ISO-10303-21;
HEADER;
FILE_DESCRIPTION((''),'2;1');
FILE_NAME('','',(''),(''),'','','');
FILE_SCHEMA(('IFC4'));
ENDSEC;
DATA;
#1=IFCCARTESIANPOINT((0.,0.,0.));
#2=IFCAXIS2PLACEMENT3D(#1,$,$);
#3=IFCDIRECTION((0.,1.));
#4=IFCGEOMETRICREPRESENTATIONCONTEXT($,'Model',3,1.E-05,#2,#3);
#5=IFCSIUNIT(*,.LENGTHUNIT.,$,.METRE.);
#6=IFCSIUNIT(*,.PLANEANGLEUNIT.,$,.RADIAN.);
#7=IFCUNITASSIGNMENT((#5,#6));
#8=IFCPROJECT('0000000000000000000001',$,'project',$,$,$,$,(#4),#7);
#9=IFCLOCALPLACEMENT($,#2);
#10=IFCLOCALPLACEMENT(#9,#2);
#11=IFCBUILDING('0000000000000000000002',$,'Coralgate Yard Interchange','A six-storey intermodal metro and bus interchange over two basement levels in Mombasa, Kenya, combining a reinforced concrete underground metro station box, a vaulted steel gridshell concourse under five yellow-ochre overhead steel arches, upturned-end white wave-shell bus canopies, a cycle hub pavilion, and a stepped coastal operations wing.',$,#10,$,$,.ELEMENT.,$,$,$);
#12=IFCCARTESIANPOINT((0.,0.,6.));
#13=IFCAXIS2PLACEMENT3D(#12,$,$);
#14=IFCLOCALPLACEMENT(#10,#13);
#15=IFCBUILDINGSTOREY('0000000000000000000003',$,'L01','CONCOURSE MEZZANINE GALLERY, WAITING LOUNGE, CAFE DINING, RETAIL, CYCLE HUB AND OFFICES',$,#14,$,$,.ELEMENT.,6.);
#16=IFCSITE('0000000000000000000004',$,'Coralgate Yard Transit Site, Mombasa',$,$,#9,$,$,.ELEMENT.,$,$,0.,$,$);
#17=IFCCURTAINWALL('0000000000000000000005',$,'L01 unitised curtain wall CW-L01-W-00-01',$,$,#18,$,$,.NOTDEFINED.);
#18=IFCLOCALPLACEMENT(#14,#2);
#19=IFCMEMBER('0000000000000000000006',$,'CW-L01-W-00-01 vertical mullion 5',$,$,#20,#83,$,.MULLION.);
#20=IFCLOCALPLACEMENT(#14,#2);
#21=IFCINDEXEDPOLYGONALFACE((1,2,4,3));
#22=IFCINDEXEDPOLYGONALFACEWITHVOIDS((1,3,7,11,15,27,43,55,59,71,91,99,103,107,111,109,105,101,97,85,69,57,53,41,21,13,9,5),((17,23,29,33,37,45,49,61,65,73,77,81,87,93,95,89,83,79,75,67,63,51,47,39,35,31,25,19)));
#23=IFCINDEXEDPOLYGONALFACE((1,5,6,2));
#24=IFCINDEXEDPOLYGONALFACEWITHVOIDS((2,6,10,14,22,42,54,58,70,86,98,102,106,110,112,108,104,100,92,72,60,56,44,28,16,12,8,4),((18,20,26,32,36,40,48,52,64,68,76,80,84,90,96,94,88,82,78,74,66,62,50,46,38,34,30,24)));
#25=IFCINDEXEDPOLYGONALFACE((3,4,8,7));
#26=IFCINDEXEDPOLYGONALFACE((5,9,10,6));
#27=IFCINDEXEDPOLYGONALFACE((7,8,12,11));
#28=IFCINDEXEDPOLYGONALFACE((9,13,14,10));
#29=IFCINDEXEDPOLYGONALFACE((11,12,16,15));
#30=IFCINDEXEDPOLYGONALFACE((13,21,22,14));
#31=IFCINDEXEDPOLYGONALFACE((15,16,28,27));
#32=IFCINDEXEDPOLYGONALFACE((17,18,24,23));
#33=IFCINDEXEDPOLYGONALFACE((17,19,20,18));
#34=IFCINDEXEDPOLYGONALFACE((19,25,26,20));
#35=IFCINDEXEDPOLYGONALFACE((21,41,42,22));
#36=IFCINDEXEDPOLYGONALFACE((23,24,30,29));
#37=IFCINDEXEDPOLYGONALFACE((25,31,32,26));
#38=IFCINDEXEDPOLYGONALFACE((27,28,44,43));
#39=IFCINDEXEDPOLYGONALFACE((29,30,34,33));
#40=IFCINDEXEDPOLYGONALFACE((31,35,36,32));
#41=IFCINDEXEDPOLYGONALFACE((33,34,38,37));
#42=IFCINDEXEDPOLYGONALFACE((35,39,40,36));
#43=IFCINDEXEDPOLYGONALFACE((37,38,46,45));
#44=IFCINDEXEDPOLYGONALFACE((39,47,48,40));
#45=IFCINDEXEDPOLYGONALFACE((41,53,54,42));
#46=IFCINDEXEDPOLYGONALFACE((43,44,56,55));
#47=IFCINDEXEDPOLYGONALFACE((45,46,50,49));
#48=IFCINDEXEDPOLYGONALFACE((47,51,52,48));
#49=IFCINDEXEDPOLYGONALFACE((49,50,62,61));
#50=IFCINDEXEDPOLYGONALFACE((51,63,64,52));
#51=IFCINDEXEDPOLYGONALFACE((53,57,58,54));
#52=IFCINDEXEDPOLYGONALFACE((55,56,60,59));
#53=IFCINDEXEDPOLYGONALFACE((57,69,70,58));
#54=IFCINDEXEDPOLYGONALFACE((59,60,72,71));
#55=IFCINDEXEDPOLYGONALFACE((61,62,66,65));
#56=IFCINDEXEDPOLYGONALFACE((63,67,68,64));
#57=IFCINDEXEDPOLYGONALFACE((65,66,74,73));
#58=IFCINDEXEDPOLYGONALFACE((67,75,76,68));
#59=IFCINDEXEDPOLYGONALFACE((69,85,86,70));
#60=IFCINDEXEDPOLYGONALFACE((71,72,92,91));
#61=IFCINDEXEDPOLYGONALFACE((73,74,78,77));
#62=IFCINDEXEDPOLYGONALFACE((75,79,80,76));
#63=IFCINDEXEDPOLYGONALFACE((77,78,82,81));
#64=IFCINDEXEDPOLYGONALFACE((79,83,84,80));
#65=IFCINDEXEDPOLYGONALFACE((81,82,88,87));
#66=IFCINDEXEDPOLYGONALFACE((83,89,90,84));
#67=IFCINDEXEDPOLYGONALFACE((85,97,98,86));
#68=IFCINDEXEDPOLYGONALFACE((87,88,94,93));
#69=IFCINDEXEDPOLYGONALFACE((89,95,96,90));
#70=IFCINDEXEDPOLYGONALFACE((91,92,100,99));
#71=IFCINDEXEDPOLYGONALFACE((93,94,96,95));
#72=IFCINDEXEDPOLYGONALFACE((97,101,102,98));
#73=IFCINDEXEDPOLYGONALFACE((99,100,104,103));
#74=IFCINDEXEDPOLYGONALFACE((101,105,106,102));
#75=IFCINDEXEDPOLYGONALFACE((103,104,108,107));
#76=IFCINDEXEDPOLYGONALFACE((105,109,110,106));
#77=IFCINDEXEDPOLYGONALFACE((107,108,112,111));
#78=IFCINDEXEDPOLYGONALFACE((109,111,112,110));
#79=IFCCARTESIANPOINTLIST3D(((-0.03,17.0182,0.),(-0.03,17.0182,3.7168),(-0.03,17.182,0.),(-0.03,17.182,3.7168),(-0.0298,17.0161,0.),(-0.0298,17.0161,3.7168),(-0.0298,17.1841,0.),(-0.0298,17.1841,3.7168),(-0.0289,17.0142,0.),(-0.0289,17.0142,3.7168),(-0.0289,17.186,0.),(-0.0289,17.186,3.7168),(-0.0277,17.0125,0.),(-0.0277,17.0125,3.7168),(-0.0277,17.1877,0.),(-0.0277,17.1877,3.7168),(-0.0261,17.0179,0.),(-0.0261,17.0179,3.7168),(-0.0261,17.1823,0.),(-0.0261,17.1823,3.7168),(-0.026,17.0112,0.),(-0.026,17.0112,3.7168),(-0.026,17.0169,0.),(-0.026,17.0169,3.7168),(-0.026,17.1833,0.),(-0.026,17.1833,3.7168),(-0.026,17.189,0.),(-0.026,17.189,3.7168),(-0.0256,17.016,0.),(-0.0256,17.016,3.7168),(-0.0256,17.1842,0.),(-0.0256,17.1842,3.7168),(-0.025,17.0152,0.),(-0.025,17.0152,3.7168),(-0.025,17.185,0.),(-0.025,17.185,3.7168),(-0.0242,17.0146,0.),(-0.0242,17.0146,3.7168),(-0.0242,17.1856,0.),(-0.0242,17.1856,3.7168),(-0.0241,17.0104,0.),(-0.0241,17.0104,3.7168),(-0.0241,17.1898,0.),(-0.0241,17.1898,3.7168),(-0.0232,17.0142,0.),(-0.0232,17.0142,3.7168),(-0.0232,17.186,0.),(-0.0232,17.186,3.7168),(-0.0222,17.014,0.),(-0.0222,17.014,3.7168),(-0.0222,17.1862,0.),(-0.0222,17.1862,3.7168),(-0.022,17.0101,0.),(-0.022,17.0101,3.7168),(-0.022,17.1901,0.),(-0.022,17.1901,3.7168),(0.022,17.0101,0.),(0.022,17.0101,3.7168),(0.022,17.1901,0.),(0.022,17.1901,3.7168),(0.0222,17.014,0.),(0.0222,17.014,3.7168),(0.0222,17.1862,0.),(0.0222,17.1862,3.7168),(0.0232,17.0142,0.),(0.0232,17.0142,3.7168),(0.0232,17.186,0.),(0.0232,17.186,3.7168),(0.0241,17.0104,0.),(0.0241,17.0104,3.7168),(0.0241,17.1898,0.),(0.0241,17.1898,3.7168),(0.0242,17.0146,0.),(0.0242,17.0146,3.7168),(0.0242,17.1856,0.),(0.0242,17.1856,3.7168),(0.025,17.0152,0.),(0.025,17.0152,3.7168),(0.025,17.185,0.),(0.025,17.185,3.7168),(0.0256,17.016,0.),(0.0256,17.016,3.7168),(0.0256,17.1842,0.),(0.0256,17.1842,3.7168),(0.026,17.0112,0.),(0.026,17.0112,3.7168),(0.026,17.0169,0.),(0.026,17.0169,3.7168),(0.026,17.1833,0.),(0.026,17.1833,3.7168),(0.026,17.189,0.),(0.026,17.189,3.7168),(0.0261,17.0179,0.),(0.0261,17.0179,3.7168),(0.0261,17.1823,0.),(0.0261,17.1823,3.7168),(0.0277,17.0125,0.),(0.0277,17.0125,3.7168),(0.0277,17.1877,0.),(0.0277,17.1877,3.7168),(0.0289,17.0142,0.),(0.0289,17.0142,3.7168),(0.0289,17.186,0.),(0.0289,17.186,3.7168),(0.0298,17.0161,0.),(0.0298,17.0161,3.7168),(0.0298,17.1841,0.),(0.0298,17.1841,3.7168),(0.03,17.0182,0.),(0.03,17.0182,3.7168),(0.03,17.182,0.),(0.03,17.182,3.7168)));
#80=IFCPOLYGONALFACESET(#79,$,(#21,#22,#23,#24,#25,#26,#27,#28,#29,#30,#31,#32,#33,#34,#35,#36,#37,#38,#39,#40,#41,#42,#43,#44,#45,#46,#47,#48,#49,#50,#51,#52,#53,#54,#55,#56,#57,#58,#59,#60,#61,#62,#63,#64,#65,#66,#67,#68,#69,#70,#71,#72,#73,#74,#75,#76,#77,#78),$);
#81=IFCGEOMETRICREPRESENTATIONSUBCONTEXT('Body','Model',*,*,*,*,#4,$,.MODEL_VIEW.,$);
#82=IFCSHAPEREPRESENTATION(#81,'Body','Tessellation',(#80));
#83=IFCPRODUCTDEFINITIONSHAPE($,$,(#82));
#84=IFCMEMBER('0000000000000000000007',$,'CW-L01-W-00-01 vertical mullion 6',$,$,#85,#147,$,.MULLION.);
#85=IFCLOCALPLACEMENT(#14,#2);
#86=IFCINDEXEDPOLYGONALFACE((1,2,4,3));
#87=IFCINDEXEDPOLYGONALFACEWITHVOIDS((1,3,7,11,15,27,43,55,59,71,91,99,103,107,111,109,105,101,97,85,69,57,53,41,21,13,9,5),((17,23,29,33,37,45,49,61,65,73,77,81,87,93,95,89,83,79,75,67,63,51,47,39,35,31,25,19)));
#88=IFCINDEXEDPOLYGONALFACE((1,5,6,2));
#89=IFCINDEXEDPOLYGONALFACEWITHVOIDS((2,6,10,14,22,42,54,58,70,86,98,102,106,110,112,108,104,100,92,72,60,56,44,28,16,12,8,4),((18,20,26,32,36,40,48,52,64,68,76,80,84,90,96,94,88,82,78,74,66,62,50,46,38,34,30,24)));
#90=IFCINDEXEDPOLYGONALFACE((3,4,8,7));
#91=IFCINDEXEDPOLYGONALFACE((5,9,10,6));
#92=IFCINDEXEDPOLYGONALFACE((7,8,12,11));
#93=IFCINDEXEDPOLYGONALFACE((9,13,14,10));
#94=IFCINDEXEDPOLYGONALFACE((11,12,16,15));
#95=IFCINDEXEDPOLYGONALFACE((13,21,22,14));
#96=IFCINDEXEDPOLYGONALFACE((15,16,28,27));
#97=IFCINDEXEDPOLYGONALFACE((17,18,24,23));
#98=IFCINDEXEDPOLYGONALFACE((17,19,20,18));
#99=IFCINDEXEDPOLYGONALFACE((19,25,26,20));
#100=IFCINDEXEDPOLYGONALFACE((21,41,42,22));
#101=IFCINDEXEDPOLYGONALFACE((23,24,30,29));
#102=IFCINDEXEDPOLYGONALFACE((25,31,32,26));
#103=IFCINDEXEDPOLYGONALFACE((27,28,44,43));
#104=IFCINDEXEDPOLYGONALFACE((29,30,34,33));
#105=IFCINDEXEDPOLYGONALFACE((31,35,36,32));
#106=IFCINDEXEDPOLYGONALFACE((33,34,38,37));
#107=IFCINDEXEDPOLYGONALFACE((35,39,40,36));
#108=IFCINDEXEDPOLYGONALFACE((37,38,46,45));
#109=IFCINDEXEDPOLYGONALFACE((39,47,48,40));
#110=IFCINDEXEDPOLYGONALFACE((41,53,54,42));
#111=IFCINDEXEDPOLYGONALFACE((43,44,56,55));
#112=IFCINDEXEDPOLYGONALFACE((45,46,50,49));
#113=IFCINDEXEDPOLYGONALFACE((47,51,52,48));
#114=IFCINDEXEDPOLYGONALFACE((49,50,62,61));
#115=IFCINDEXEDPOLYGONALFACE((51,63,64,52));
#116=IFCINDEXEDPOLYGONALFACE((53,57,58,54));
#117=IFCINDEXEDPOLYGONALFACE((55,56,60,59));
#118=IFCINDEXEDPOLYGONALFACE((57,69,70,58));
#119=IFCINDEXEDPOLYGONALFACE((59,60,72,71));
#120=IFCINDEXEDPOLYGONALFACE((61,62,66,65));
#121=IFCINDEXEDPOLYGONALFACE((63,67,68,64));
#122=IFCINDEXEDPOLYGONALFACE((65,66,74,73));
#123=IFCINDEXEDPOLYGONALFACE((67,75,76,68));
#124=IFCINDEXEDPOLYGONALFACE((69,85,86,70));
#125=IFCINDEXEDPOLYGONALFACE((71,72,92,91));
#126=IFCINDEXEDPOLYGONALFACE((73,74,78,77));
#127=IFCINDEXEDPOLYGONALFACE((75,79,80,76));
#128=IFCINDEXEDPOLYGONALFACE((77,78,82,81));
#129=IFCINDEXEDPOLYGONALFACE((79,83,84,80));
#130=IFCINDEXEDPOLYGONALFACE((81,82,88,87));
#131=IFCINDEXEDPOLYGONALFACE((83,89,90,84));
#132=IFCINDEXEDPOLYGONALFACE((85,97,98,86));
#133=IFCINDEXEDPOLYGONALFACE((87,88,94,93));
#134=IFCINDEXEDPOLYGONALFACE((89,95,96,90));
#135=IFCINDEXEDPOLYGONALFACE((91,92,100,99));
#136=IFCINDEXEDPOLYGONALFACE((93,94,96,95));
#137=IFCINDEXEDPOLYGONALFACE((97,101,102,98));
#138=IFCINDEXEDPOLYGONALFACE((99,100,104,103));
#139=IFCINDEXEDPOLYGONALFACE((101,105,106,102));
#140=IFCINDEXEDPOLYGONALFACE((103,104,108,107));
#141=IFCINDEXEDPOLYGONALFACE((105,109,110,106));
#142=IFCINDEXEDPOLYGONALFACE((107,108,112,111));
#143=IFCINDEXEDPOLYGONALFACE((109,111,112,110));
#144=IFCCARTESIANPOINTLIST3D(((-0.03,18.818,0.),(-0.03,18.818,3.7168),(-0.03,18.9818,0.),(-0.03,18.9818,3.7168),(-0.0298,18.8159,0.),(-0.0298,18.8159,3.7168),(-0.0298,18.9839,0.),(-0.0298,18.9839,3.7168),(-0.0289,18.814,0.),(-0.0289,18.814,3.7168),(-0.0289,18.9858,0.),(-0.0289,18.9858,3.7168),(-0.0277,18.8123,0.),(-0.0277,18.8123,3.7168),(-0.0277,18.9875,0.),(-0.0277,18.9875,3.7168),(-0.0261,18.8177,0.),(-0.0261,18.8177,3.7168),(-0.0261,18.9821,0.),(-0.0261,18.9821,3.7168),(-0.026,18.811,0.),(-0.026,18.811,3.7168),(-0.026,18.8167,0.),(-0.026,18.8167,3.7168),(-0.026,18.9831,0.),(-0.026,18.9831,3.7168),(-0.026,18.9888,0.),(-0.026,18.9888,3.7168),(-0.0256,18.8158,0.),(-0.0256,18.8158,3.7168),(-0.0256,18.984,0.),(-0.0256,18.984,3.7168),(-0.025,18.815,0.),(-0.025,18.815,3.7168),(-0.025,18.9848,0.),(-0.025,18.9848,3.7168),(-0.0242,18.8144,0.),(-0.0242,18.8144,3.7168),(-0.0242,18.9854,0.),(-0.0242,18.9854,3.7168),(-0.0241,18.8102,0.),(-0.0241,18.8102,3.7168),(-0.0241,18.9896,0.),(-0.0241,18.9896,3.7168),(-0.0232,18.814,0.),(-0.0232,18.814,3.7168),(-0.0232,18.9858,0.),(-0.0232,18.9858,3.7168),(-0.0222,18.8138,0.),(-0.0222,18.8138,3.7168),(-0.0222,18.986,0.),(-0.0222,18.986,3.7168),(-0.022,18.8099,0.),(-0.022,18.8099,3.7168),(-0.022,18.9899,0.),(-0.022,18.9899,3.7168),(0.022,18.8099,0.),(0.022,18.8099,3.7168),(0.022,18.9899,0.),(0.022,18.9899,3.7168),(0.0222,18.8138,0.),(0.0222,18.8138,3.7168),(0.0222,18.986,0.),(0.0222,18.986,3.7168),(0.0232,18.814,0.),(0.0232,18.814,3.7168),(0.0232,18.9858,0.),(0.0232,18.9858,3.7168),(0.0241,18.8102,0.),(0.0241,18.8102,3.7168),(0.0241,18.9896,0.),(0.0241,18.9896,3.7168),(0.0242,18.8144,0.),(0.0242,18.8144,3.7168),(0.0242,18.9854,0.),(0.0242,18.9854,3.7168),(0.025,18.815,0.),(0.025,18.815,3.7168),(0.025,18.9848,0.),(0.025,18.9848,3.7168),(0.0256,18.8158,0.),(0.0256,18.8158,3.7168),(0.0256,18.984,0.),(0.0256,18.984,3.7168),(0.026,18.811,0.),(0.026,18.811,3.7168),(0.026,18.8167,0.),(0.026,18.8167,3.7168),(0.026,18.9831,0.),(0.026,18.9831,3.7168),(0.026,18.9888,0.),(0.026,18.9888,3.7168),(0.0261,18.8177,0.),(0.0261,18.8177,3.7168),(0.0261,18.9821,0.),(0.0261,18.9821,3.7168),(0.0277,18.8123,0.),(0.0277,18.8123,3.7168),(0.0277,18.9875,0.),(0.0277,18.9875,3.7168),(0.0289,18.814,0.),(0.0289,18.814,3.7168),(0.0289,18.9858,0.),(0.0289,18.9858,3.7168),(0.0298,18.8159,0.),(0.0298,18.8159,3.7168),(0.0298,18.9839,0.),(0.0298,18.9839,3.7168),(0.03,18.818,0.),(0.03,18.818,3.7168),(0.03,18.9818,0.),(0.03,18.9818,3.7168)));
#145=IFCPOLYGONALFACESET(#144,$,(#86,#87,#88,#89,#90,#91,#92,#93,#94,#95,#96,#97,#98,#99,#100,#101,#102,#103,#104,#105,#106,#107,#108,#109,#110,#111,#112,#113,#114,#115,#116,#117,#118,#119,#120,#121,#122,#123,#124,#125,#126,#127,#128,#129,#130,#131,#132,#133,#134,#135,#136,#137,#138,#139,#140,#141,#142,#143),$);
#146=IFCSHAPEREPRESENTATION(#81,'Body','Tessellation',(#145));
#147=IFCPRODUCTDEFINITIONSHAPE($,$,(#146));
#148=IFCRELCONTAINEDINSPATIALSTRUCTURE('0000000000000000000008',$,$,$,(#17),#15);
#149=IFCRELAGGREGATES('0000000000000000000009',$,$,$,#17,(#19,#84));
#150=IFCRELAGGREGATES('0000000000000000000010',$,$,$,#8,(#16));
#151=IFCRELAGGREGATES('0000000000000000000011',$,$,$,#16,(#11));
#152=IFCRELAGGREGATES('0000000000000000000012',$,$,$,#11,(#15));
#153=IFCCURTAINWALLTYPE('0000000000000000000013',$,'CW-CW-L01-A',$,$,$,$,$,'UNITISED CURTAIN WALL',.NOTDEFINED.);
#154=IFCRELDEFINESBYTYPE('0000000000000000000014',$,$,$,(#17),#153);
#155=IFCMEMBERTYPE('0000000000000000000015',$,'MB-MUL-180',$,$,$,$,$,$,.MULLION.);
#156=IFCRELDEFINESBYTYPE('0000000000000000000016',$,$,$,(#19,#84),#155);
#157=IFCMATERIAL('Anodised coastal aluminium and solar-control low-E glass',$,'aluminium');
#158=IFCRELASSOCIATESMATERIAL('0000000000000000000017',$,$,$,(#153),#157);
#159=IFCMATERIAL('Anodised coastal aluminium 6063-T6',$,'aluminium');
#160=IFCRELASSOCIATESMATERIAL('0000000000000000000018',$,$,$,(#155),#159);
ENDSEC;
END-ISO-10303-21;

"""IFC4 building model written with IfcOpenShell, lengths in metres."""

from ifc_helpers import new_model, si_unit, direction, frame, origin, origin_2d, place, context, subcontext, project, spatial, hollow_rectangle, extrude, material, material_profile, profile_set, type_object, element, aggregate, save


model = new_model("IFC4")

# Units and contexts
model_context = context("Model", 3, precision=1e-05, world=origin(), true_north=direction((0.0, 1.0)))
body_context = subcontext(model_context, "Body", "Model", "MODEL_VIEW")
ifc_project = project(units=[si_unit("LENGTHUNIT", "METRE"), si_unit("PLANEANGLEUNIT", "RADIAN")], contexts=[model_context])

# Site, building, storey
site_placement = place(None, origin())
site = spatial("IfcSite", under=ifc_project, at=site_placement, Name="Coralgate Yard Transit Site, Mombasa", CompositionType="ELEMENT", RefElevation=0.0)
building_placement = place(site_placement, origin())
building = spatial("IfcBuilding", under=site, at=building_placement, Name="Coralgate Yard Interchange", Description="A six-storey intermodal metro and bus interchange over two basement levels in Mombasa, Kenya, combining a reinforced concrete underground metro station box, a vaulted steel gridshell concourse under five yellow-ochre overhead steel arches, upturned-end white wave-shell bus canopies, a cycle hub pavilion, and a stepped coastal operations wing.", CompositionType="ELEMENT")
storey_placement = place(building_placement, frame((0.0, 0.0, 6.0)))
storey = spatial("IfcBuildingStorey", under=building, at=storey_placement, Name="L01", Description="CONCOURSE MEZZANINE GALLERY, WAITING LOUNGE, CAFE DINING, RETAIL, CYCLE HUB AND OFFICES", CompositionType="ELEMENT", Elevation=6.0)

# Curtain wall, members
ifc_material_1 = material(Name="Anodised coastal aluminium and solar-control low-E glass", Category="aluminium")
curtain_wall_type = type_object("IfcCurtainWallType", Name="CW-CW-L01-A", ElementType="UNITISED CURTAIN WALL", PredefinedType="NOTDEFINED", material=ifc_material_1)
curtain_wall_placement = place(storey_placement, origin())
curtain_wall = element("IfcCurtainWall", 1, at=curtain_wall_placement, inside=storey, type_object=curtain_wall_type, Name="L01 unitised curtain wall CW-L01-W-00-01", PredefinedType="NOTDEFINED")
ifc_material_2 = material(Name="Anodised coastal aluminium 6063-T6", Category="aluminium")
ifc_material_profile_1 = material_profile(ifc_material_2, hollow_rectangle(XDim=0.0601, YDim=0.1799, WallThickness=0.0039, InnerFilletRadius=0.0039, OuterFilletRadius=0.0081, at=origin_2d()), Name="ALU 60x180x4")
ifc_profile_set_1 = profile_set([ifc_material_profile_1], Name="Anodised coastal aluminium 6063-T6")
member_type_1 = type_object("IfcMemberType", Name="MB-MUL-180", PredefinedType="MULLION", material=ifc_profile_set_1)
member_1_placement = place(storey_placement, frame((0.0, 17.1001, 0.0), z_axis=(0.0, 0.0, 1.0), x_axis=(1.0, 0.0, 0.0)))
member_1 = element("IfcMember", 2, at=member_1_placement, type_object=member_type_1, Name="CW-L01-W-00-01 vertical mullion 5", PredefinedType="MULLION", context=body_context, shape_type="SweptSolid", body=[
    extrude(hollow_rectangle(XDim=0.0601, YDim=0.1799, WallThickness=0.0039, InnerFilletRadius=0.0039, OuterFilletRadius=0.0081, at=origin_2d()), origin(), (0.0, 0.0, 1.0), 3.7168),
])
member_2_placement = place(storey_placement, frame((0.0, 18.8999, 0.0), z_axis=(0.0, 0.0, 1.0), x_axis=(1.0, 0.0, 0.0)))
member_2 = element("IfcMember", 3, at=member_2_placement, type_object=member_type_1, Name="CW-L01-W-00-01 vertical mullion 6", PredefinedType="MULLION", context=body_context, shape_type="SweptSolid", body=[
    extrude(hollow_rectangle(XDim=0.0601, YDim=0.1799, WallThickness=0.0039, InnerFilletRadius=0.0039, OuterFilletRadius=0.0081, at=origin_2d()), origin(), (0.0, 0.0, 1.0), 3.7168),
])
aggregate(curtain_wall, [member_1, member_2])

save(model, "model.ifc")
